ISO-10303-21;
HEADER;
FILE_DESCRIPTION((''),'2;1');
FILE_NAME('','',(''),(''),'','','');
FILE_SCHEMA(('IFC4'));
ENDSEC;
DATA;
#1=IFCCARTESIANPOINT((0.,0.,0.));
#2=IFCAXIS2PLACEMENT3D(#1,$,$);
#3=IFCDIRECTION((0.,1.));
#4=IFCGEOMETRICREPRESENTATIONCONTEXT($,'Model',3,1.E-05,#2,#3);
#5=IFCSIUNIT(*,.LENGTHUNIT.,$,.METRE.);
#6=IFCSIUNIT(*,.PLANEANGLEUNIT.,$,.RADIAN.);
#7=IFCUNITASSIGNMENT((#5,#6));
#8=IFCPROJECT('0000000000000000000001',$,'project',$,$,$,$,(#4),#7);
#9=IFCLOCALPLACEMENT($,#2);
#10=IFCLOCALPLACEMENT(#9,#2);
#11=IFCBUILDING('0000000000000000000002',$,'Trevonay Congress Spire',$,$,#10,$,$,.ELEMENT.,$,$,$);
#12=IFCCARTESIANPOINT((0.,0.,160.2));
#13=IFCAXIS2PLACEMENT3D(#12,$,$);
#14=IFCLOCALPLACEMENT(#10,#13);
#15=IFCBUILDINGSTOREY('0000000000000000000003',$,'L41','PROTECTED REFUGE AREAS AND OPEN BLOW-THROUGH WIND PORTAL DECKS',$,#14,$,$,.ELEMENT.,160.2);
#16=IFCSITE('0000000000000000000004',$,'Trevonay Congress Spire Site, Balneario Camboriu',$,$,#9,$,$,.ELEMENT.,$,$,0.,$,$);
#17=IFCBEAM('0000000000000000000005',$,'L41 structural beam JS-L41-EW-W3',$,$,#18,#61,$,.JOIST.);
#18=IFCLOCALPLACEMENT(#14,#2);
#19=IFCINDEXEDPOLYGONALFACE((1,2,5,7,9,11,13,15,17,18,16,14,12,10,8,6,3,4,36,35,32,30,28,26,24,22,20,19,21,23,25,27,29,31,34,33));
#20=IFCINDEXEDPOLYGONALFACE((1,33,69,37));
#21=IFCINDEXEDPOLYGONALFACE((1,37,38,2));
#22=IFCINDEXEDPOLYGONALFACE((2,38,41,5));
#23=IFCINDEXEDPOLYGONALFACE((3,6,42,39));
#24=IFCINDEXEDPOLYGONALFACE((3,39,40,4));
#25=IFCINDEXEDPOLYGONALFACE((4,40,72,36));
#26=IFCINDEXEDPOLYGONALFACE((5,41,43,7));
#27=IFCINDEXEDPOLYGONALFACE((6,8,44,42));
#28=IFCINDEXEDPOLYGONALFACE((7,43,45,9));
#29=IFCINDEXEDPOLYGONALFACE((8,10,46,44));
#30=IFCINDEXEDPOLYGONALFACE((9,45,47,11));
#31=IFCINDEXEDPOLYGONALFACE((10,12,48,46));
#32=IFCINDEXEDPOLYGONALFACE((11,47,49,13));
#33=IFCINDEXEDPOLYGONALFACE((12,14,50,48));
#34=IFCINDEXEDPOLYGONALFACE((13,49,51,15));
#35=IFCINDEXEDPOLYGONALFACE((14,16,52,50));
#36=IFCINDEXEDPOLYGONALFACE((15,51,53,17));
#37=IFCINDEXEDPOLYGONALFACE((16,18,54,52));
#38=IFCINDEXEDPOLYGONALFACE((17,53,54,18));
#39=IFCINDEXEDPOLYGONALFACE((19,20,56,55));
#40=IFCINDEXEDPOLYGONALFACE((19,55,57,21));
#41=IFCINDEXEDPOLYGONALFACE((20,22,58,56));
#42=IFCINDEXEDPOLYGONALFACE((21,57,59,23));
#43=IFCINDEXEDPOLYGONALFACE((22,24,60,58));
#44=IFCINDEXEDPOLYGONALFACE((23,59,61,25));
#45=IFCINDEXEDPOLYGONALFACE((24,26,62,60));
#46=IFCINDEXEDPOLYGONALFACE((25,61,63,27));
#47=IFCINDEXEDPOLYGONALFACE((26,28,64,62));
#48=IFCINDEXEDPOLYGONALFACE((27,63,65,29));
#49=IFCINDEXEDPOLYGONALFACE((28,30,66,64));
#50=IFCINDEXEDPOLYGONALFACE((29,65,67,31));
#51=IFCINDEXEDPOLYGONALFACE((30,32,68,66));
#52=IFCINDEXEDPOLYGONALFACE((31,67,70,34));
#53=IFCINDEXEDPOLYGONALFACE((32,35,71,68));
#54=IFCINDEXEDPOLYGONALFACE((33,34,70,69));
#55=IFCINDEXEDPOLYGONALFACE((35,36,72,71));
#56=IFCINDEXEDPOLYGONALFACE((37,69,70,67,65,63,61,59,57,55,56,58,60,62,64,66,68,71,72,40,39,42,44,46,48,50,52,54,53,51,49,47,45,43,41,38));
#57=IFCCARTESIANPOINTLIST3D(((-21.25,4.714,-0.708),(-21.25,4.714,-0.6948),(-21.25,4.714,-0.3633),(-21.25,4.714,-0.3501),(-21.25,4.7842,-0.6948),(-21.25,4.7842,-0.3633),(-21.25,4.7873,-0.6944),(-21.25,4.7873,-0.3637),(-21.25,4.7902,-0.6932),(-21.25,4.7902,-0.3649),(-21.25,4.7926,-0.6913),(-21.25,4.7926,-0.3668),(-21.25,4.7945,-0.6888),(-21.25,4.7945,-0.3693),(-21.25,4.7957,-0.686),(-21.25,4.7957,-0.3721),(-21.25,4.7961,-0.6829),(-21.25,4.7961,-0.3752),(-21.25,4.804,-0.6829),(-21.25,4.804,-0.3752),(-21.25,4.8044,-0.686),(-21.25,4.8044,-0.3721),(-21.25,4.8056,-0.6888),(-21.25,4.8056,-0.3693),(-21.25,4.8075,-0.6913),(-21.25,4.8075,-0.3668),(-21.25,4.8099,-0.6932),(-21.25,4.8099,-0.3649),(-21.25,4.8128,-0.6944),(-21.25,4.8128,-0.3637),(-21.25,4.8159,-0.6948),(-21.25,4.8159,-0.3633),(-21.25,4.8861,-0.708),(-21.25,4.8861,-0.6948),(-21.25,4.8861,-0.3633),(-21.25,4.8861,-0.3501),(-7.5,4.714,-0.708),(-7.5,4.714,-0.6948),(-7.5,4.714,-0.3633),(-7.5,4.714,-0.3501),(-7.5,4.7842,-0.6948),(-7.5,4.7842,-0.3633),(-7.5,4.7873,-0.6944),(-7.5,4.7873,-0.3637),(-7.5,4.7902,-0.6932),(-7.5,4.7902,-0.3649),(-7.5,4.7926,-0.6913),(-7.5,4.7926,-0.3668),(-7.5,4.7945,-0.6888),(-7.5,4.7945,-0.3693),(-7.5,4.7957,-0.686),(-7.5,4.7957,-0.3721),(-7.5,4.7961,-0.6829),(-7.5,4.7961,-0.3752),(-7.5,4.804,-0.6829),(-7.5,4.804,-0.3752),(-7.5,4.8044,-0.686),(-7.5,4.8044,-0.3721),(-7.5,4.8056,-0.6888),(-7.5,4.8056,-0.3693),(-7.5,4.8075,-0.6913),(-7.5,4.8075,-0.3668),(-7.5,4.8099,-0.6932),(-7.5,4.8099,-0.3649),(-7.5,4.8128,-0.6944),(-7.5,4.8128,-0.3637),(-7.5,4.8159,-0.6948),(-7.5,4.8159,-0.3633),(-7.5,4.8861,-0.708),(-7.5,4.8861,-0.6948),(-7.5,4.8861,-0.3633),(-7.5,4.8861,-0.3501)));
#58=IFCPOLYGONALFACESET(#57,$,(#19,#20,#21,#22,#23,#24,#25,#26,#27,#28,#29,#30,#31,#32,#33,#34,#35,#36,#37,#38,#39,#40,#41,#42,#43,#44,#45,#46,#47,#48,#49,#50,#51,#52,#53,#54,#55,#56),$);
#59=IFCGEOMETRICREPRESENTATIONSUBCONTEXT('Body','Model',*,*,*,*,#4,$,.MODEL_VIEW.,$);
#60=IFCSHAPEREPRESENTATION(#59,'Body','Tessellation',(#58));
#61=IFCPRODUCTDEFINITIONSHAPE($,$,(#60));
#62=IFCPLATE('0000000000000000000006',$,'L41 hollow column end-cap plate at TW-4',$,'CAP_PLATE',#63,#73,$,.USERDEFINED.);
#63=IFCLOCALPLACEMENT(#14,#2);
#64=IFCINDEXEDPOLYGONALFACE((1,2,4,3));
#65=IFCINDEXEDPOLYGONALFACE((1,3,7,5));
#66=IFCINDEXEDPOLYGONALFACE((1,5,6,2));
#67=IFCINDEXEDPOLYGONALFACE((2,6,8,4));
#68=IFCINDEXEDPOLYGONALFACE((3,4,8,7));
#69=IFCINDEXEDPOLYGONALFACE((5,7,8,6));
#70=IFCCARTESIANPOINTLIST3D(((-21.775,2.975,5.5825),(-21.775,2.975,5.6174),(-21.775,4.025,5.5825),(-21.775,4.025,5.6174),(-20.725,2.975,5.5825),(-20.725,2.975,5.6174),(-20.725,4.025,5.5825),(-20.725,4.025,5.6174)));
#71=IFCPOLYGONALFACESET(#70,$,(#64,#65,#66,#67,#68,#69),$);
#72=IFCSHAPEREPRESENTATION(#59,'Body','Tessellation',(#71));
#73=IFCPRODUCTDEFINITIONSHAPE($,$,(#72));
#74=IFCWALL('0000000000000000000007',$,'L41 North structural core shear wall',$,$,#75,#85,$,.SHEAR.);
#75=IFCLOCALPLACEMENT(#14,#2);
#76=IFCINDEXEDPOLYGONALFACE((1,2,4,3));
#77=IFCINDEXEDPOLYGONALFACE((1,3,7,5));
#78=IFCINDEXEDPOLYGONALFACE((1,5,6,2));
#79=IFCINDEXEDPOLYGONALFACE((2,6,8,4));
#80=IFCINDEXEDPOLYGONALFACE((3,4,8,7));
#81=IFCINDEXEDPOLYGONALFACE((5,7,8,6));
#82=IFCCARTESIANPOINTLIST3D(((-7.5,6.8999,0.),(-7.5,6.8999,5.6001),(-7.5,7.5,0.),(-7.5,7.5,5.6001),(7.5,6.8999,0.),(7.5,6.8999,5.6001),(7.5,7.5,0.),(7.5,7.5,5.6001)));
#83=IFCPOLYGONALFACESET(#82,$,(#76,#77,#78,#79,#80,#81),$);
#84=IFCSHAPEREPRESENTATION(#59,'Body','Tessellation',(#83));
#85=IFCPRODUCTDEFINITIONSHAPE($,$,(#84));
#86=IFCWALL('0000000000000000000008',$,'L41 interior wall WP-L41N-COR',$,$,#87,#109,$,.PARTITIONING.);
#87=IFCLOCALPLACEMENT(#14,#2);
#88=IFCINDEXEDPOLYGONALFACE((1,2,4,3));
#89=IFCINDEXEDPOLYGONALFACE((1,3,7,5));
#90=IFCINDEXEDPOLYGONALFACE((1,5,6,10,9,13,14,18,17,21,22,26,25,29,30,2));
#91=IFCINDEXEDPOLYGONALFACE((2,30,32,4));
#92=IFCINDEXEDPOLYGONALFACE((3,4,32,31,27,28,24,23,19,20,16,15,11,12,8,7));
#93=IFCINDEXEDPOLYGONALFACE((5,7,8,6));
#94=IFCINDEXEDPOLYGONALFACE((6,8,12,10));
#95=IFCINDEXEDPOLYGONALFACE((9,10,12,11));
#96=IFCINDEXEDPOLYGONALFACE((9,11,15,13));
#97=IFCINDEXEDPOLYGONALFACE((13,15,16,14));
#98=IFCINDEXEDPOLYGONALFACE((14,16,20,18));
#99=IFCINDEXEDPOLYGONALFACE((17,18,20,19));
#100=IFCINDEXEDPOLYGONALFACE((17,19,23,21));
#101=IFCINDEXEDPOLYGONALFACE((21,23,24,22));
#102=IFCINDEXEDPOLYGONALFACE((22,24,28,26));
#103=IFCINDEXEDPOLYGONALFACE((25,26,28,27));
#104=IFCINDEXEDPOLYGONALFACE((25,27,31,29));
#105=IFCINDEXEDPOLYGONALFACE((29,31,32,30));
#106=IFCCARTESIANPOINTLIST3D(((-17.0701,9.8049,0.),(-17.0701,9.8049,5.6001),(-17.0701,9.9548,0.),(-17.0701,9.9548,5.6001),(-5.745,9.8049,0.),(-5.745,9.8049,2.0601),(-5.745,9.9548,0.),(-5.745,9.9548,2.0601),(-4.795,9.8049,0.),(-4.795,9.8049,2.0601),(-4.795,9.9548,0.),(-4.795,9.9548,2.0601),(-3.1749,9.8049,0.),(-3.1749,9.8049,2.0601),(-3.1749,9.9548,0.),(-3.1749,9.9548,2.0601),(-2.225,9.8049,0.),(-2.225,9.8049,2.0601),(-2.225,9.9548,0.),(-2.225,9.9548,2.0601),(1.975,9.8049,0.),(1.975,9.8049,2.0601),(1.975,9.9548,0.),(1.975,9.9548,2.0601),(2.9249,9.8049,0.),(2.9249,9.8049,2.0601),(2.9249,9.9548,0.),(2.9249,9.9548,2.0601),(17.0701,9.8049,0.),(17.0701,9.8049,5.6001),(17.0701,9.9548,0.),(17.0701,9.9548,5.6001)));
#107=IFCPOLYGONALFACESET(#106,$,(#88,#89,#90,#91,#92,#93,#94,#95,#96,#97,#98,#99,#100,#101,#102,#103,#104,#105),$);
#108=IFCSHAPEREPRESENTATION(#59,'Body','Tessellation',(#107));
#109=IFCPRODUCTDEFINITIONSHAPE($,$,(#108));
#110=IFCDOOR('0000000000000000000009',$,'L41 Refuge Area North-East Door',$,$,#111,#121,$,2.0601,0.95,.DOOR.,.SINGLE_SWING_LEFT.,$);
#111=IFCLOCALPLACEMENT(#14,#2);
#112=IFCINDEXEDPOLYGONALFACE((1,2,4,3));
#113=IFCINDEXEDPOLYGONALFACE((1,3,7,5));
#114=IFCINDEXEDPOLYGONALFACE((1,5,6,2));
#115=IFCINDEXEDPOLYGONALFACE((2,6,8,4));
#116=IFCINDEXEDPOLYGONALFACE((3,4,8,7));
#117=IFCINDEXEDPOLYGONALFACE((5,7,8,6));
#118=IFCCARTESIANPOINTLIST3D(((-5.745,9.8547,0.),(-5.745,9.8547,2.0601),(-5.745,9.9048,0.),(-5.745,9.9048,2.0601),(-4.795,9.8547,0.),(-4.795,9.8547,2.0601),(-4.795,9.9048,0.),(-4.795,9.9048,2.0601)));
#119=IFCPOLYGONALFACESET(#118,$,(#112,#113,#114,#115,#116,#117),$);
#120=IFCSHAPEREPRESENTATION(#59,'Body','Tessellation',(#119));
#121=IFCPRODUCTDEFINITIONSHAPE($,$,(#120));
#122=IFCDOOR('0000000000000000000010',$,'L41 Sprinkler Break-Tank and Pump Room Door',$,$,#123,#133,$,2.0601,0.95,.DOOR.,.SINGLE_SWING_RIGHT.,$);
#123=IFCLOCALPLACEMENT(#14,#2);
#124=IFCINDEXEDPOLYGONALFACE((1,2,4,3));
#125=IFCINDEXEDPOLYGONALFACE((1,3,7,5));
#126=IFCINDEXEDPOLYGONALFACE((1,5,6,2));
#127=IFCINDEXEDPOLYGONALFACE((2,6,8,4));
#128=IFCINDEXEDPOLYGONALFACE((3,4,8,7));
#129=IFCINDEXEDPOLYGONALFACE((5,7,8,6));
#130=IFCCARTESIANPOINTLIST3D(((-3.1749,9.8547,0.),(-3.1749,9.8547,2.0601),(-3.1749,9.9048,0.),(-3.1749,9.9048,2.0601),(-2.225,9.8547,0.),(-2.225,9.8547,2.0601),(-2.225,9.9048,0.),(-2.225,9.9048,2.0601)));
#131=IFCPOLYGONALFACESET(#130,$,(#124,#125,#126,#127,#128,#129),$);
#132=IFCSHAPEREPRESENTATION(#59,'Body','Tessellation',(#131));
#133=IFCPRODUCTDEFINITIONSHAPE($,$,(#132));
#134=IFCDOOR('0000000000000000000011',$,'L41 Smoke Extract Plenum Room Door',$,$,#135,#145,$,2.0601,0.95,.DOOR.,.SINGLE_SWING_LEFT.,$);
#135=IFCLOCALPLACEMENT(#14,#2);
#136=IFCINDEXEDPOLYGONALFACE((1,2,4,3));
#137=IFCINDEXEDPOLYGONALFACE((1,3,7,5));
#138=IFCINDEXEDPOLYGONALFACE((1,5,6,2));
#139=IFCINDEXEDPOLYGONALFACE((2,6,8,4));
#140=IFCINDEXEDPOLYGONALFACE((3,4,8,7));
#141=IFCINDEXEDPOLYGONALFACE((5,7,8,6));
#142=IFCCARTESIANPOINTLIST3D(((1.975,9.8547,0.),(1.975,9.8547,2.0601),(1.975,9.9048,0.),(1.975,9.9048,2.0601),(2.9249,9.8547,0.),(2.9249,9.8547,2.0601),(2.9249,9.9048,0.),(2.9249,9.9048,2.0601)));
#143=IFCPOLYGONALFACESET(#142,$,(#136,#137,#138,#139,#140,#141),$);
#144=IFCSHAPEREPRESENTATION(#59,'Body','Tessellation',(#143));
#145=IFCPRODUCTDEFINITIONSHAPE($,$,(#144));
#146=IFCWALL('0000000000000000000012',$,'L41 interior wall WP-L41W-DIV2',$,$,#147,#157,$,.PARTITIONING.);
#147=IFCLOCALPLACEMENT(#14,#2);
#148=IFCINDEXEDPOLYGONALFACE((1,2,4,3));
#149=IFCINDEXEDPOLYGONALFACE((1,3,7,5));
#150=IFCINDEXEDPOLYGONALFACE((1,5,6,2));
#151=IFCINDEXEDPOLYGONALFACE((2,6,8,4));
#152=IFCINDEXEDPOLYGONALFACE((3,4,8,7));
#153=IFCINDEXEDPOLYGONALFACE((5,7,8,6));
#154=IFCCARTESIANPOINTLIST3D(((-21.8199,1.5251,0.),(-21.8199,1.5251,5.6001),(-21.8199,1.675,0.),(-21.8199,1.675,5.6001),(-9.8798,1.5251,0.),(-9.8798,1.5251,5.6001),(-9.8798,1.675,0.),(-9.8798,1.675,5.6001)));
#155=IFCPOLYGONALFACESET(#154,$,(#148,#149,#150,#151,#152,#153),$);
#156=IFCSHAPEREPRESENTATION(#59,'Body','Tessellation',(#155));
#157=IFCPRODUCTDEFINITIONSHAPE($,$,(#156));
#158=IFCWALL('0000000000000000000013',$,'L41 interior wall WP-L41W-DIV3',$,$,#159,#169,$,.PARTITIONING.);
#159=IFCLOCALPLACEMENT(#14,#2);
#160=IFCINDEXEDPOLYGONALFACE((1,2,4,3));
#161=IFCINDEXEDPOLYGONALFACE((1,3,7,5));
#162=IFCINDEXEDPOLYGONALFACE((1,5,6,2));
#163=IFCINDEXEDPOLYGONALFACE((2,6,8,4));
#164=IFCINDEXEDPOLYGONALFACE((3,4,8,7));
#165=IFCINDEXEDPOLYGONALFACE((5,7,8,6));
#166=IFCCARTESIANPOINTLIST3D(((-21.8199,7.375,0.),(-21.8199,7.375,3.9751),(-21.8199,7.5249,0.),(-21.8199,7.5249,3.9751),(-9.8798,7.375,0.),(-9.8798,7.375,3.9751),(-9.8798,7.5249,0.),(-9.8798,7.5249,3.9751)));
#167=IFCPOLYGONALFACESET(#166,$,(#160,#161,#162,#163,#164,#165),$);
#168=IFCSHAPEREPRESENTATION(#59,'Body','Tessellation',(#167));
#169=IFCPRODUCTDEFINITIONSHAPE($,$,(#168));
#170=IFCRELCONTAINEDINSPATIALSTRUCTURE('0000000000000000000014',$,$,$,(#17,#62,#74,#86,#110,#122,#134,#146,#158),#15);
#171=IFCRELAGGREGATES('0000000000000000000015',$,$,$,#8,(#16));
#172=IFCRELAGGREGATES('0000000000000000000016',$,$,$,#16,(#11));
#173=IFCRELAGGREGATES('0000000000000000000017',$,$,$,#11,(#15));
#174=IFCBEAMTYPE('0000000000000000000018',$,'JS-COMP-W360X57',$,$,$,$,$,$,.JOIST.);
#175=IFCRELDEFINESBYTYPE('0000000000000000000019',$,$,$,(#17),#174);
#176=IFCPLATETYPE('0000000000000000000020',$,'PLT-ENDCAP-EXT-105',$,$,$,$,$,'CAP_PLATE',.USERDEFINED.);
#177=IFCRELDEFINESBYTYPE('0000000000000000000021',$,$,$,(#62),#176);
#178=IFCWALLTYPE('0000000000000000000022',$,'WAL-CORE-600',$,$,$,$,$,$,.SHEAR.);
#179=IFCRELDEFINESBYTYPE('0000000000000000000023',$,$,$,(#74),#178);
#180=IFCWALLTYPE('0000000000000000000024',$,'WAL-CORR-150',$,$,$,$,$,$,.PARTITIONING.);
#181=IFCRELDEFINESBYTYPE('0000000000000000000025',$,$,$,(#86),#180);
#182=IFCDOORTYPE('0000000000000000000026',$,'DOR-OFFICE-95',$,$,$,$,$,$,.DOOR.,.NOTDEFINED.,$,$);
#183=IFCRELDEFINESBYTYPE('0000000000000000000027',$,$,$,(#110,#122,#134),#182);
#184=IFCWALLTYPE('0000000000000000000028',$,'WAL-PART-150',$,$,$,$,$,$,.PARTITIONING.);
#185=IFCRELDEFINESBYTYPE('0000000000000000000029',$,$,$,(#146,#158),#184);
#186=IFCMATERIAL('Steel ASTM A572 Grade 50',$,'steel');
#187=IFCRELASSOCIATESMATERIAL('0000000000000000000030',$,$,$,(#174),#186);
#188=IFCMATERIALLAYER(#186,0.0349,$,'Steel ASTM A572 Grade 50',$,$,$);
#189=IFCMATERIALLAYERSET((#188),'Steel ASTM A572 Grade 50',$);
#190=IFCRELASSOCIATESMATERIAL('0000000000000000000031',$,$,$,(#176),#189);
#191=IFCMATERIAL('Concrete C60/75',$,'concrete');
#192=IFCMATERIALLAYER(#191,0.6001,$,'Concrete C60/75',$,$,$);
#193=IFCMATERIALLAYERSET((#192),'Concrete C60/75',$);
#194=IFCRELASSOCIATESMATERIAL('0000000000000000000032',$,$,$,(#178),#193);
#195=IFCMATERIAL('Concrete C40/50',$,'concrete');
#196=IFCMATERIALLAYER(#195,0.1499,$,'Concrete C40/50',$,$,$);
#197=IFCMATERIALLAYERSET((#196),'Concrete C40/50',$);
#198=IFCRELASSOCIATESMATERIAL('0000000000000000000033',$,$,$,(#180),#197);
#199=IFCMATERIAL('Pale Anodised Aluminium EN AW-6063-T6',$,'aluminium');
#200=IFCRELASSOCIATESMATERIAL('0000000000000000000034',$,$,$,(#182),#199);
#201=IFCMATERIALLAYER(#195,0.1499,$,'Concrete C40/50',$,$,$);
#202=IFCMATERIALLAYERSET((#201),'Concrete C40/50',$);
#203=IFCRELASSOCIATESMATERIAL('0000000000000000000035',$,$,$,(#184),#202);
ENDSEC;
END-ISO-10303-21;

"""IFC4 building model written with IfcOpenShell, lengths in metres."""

from ifc_helpers import new_model, si_unit, direction, frame, frame_2d, origin, origin_2d, place, context, subcontext, project, spatial, rectangle, i_section, extrude, material, layer, layer_set, material_profile, profile_set, type_object, element, fill, save


model = new_model("IFC4")

# Units and contexts
model_context = context("Model", 3, precision=1e-05, world=origin(), true_north=direction((0.0, 1.0)))
body_context = subcontext(model_context, "Body", "Model", "MODEL_VIEW")
ifc_project = project(units=[si_unit("LENGTHUNIT", "METRE"), si_unit("PLANEANGLEUNIT", "RADIAN")], contexts=[model_context])

# Site, building, storey
site_placement = place(None, origin())
site = spatial("IfcSite", under=ifc_project, at=site_placement, Name="Trevonay Congress Spire Site, Balneario Camboriu", CompositionType="ELEMENT", RefElevation=0.0)
building_placement = place(site_placement, origin())
building = spatial("IfcBuilding", under=site, at=building_placement, Name="Trevonay Congress Spire", CompositionType="ELEMENT")
storey_placement = place(building_placement, frame((0.0, 0.0, 160.2)))
storey = spatial("IfcBuildingStorey", under=building, at=storey_placement, Name="L41", Description="PROTECTED REFUGE AREAS AND OPEN BLOW-THROUGH WIND PORTAL DECKS", CompositionType="ELEMENT", Elevation=160.2)

# Shared definitions
ifc_material_1 = material(Name="Steel ASTM A572 Grade 50", Category="steel")

# Beam
ifc_material_profile_1 = material_profile(ifc_material_1, i_section(OverallWidth=0.1721, OverallDepth=0.3579, WebThickness=0.0078, FlangeThickness=0.0132, FilletRadius=0.012, at=origin_2d()), Name="W360x57.8")
ifc_profile_set_1 = profile_set([ifc_material_profile_1], Name="Steel ASTM A572 Grade 50")
beam_type_1 = type_object("IfcBeamType", Name="JS-COMP-W360X57", PredefinedType="JOIST", material=ifc_profile_set_1)
for number, where, z_axis, x_axis, name in (
    (1, (-21.25, 4.8, -0.5291), (1.0, 0.0, 0.0), (0.0, 1.0, 0.0), "L41 structural beam JS-L41-EW-W3"),
):
    element("IfcBeam", number, at=place(storey_placement, frame(where, z_axis=z_axis, x_axis=x_axis)), inside=storey, type_object=beam_type_1, Name=name, PredefinedType="JOIST", context=body_context, shape_type="SweptSolid", body=[
        extrude(i_section(OverallWidth=0.1721, OverallDepth=0.3579, WebThickness=0.0078, FlangeThickness=0.0132, FilletRadius=0.012, at=origin_2d()), origin(), (0.0, 0.0, 1.0), 13.75),
    ])

# Plate
ifc_layer_1 = layer(ifc_material_1, 0.0349, Name="Steel ASTM A572 Grade 50")
ifc_layer_set_1 = layer_set([ifc_layer_1], Name="Steel ASTM A572 Grade 50")
plate_type = type_object("IfcPlateType", Name="PLT-ENDCAP-EXT-105", ElementType="CAP_PLATE", PredefinedType="USERDEFINED", material=ifc_layer_set_1)
plate_placement = place(storey_placement, frame((-21.25, 3.5, 5.5825), z_axis=(0.0, 0.0, 1.0), x_axis=(1.0, 0.0, 0.0)))
element("IfcPlate", 2, at=plate_placement, inside=storey, type_object=plate_type, Name="L41 hollow column end-cap plate at TW-4", ObjectType="CAP_PLATE", PredefinedType="USERDEFINED", context=body_context, shape_type="SweptSolid", body=[
    extrude(rectangle(XDim=1.05, YDim=1.05, at=origin_2d()), origin(), (0.0, 0.0, 1.0), 0.0349),
])

# Wall
ifc_material_2 = material(Name="Concrete C60/75", Category="concrete")
ifc_layer_2 = layer(ifc_material_2, 0.6001, Name="Concrete C60/75")
ifc_layer_set_2 = layer_set([ifc_layer_2], Name="Concrete C60/75")
wall_type_1 = type_object("IfcWallType", Name="WAL-CORE-600", PredefinedType="SHEAR", material=ifc_layer_set_2)
wall_1_placement = place(storey_placement, frame((-7.5, 7.2, 0.0), z_axis=(0.0, 0.0, 1.0), x_axis=(1.0, 0.0, 0.0)))
element("IfcWall", 3, at=wall_1_placement, inside=storey, type_object=wall_type_1, Name="L41 North structural core shear wall", PredefinedType="SHEAR", context=body_context, shape_type="SweptSolid", body=[
    extrude(rectangle(XDim=15.0, YDim=0.6001, at=frame_2d((7.5, 0.0))), origin(), (0.0, 0.0, 1.0), 5.6001),
])

# Wall, openings, doors
ifc_material_3 = material(Name="Concrete C40/50", Category="concrete")
ifc_layer_3 = layer(ifc_material_3, 0.1499, Name="Concrete C40/50")
ifc_layer_set_3 = layer_set([ifc_layer_3], Name="Concrete C40/50")
wall_type_2 = type_object("IfcWallType", Name="WAL-CORR-150", PredefinedType="PARTITIONING", material=ifc_layer_set_3)
wall_2_placement = place(storey_placement, frame((-17.0701, 9.8799, 0.0), z_axis=(0.0, 0.0, 1.0), x_axis=(1.0, 0.0, 0.0)))
wall_2 = element("IfcWall", 4, at=wall_2_placement, inside=storey, type_object=wall_type_2, Name="L41 interior wall WP-L41N-COR", PredefinedType="PARTITIONING", context=body_context, shape_type="SweptSolid", body=[
    extrude(rectangle(XDim=34.1401, YDim=0.1499, at=frame_2d((17.0701, 0.0))), origin(), (0.0, 0.0, 1.0), 5.6001),
])
opening_1_placement = place(wall_2_placement, frame((11.325, 0.0, 0.0)))
opening_1 = element("IfcOpeningElement", 5, at=opening_1_placement, cuts=wall_2, PredefinedType="OPENING", context=body_context, shape_type="SweptSolid", body=[
    extrude(rectangle(XDim=0.95, YDim=2.0601, at=frame_2d((0.4751, 1.03))), frame((0.0, 0.085, 0.0), z_axis=(0.0, -1.0, 0.0), x_axis=(1.0, 0.0, 0.0)), (0.0, 0.0, 1.0), 0.1699),
])
opening_2_placement = place(wall_2_placement, frame((13.895, 0.0, 0.0)))
opening_2 = element("IfcOpeningElement", 6, at=opening_2_placement, cuts=wall_2, PredefinedType="OPENING", context=body_context, shape_type="SweptSolid", body=[
    extrude(rectangle(XDim=0.95, YDim=2.0601, at=frame_2d((0.4751, 1.03))), frame((0.0, 0.085, 0.0), z_axis=(0.0, -1.0, 0.0), x_axis=(1.0, 0.0, 0.0)), (0.0, 0.0, 1.0), 0.1699),
])
opening_3_placement = place(wall_2_placement, frame((19.0449, 0.0, 0.0)))
opening_3 = element("IfcOpeningElement", 7, at=opening_3_placement, cuts=wall_2, PredefinedType="OPENING", context=body_context, shape_type="SweptSolid", body=[
    extrude(rectangle(XDim=0.95, YDim=2.0601, at=frame_2d((0.4751, 1.03))), frame((0.0, 0.085, 0.0), z_axis=(0.0, -1.0, 0.0), x_axis=(1.0, 0.0, 0.0)), (0.0, 0.0, 1.0), 0.1699),
])
ifc_material_4 = material(Name="Pale Anodised Aluminium EN AW-6063-T6", Category="aluminium")
door_type = type_object("IfcDoorType", Name="DOR-OFFICE-95", OperationType="NOTDEFINED", PredefinedType="DOOR", material=ifc_material_4)
door_1_placement = place(opening_1_placement, origin())
door_1 = element("IfcDoor", 8, at=door_1_placement, inside=storey, type_object=door_type, Name="L41 Refuge Area North-East Door", OperationType="SINGLE_SWING_LEFT", OverallHeight=2.0601, OverallWidth=0.95, PredefinedType="DOOR", context=body_context, shape_type="SweptSolid", body=[
    extrude(rectangle(XDim=0.95, YDim=2.0601, at=frame_2d((0.4751, 1.03))), frame((0.0, 0.0249, 0.0), z_axis=(0.0, -1.0, 0.0), x_axis=(1.0, 0.0, 0.0)), (0.0, 0.0, 1.0), 0.05),
])
fill(opening_1, door_1)
door_2_placement = place(opening_2_placement, origin())
door_2 = element("IfcDoor", 9, at=door_2_placement, inside=storey, type_object=door_type, Name="L41 Sprinkler Break-Tank and Pump Room Door", OperationType="SINGLE_SWING_RIGHT", OverallHeight=2.0601, OverallWidth=0.95, PredefinedType="DOOR", context=body_context, shape_type="SweptSolid", body=[
    extrude(rectangle(XDim=0.95, YDim=2.0601, at=frame_2d((0.4751, 1.03))), frame((0.0, 0.0249, 0.0), z_axis=(0.0, -1.0, 0.0), x_axis=(1.0, 0.0, 0.0)), (0.0, 0.0, 1.0), 0.05),
])
fill(opening_2, door_2)
door_3_placement = place(opening_3_placement, origin())
door_3 = element("IfcDoor", 10, at=door_3_placement, inside=storey, type_object=door_type, Name="L41 Smoke Extract Plenum Room Door", OperationType="SINGLE_SWING_LEFT", OverallHeight=2.0601, OverallWidth=0.95, PredefinedType="DOOR", context=body_context, shape_type="SweptSolid", body=[
    extrude(rectangle(XDim=0.95, YDim=2.0601, at=frame_2d((0.4751, 1.03))), frame((0.0, 0.0249, 0.0), z_axis=(0.0, -1.0, 0.0), x_axis=(1.0, 0.0, 0.0)), (0.0, 0.0, 1.0), 0.05),
])
fill(opening_3, door_3)

# Walls
ifc_layer_4 = layer(ifc_material_3, 0.1499, Name="Concrete C40/50")
ifc_layer_set_4 = layer_set([ifc_layer_4], Name="Concrete C40/50")
wall_type_3 = type_object("IfcWallType", Name="WAL-PART-150", PredefinedType="PARTITIONING", material=ifc_layer_set_4)
wall_3_placement = place(storey_placement, frame((-21.8201, 1.6001, 0.0), z_axis=(0.0, 0.0, 1.0), x_axis=(1.0, 0.0, 0.0)))
element("IfcWall", 11, at=wall_3_placement, inside=storey, type_object=wall_type_3, Name="L41 interior wall WP-L41W-DIV2", PredefinedType="PARTITIONING", context=body_context, shape_type="SweptSolid", body=[
    extrude(rectangle(XDim=11.9402, YDim=0.1499, at=frame_2d((5.9702, 0.0))), origin(), (0.0, 0.0, 1.0), 5.6001),
])
wall_4_placement = place(storey_placement, frame((-21.8201, 7.45, 0.0), z_axis=(0.0, 0.0, 1.0), x_axis=(1.0, 0.0, 0.0)))
element("IfcWall", 12, at=wall_4_placement, inside=storey, type_object=wall_type_3, Name="L41 interior wall WP-L41W-DIV3", PredefinedType="PARTITIONING", context=body_context, shape_type="SweptSolid", body=[
    extrude(rectangle(XDim=11.9402, YDim=0.1499, at=frame_2d((5.9702, 0.0))), origin(), (0.0, 0.0, 1.0), 3.9751),
])

save(model, "model.ifc")
